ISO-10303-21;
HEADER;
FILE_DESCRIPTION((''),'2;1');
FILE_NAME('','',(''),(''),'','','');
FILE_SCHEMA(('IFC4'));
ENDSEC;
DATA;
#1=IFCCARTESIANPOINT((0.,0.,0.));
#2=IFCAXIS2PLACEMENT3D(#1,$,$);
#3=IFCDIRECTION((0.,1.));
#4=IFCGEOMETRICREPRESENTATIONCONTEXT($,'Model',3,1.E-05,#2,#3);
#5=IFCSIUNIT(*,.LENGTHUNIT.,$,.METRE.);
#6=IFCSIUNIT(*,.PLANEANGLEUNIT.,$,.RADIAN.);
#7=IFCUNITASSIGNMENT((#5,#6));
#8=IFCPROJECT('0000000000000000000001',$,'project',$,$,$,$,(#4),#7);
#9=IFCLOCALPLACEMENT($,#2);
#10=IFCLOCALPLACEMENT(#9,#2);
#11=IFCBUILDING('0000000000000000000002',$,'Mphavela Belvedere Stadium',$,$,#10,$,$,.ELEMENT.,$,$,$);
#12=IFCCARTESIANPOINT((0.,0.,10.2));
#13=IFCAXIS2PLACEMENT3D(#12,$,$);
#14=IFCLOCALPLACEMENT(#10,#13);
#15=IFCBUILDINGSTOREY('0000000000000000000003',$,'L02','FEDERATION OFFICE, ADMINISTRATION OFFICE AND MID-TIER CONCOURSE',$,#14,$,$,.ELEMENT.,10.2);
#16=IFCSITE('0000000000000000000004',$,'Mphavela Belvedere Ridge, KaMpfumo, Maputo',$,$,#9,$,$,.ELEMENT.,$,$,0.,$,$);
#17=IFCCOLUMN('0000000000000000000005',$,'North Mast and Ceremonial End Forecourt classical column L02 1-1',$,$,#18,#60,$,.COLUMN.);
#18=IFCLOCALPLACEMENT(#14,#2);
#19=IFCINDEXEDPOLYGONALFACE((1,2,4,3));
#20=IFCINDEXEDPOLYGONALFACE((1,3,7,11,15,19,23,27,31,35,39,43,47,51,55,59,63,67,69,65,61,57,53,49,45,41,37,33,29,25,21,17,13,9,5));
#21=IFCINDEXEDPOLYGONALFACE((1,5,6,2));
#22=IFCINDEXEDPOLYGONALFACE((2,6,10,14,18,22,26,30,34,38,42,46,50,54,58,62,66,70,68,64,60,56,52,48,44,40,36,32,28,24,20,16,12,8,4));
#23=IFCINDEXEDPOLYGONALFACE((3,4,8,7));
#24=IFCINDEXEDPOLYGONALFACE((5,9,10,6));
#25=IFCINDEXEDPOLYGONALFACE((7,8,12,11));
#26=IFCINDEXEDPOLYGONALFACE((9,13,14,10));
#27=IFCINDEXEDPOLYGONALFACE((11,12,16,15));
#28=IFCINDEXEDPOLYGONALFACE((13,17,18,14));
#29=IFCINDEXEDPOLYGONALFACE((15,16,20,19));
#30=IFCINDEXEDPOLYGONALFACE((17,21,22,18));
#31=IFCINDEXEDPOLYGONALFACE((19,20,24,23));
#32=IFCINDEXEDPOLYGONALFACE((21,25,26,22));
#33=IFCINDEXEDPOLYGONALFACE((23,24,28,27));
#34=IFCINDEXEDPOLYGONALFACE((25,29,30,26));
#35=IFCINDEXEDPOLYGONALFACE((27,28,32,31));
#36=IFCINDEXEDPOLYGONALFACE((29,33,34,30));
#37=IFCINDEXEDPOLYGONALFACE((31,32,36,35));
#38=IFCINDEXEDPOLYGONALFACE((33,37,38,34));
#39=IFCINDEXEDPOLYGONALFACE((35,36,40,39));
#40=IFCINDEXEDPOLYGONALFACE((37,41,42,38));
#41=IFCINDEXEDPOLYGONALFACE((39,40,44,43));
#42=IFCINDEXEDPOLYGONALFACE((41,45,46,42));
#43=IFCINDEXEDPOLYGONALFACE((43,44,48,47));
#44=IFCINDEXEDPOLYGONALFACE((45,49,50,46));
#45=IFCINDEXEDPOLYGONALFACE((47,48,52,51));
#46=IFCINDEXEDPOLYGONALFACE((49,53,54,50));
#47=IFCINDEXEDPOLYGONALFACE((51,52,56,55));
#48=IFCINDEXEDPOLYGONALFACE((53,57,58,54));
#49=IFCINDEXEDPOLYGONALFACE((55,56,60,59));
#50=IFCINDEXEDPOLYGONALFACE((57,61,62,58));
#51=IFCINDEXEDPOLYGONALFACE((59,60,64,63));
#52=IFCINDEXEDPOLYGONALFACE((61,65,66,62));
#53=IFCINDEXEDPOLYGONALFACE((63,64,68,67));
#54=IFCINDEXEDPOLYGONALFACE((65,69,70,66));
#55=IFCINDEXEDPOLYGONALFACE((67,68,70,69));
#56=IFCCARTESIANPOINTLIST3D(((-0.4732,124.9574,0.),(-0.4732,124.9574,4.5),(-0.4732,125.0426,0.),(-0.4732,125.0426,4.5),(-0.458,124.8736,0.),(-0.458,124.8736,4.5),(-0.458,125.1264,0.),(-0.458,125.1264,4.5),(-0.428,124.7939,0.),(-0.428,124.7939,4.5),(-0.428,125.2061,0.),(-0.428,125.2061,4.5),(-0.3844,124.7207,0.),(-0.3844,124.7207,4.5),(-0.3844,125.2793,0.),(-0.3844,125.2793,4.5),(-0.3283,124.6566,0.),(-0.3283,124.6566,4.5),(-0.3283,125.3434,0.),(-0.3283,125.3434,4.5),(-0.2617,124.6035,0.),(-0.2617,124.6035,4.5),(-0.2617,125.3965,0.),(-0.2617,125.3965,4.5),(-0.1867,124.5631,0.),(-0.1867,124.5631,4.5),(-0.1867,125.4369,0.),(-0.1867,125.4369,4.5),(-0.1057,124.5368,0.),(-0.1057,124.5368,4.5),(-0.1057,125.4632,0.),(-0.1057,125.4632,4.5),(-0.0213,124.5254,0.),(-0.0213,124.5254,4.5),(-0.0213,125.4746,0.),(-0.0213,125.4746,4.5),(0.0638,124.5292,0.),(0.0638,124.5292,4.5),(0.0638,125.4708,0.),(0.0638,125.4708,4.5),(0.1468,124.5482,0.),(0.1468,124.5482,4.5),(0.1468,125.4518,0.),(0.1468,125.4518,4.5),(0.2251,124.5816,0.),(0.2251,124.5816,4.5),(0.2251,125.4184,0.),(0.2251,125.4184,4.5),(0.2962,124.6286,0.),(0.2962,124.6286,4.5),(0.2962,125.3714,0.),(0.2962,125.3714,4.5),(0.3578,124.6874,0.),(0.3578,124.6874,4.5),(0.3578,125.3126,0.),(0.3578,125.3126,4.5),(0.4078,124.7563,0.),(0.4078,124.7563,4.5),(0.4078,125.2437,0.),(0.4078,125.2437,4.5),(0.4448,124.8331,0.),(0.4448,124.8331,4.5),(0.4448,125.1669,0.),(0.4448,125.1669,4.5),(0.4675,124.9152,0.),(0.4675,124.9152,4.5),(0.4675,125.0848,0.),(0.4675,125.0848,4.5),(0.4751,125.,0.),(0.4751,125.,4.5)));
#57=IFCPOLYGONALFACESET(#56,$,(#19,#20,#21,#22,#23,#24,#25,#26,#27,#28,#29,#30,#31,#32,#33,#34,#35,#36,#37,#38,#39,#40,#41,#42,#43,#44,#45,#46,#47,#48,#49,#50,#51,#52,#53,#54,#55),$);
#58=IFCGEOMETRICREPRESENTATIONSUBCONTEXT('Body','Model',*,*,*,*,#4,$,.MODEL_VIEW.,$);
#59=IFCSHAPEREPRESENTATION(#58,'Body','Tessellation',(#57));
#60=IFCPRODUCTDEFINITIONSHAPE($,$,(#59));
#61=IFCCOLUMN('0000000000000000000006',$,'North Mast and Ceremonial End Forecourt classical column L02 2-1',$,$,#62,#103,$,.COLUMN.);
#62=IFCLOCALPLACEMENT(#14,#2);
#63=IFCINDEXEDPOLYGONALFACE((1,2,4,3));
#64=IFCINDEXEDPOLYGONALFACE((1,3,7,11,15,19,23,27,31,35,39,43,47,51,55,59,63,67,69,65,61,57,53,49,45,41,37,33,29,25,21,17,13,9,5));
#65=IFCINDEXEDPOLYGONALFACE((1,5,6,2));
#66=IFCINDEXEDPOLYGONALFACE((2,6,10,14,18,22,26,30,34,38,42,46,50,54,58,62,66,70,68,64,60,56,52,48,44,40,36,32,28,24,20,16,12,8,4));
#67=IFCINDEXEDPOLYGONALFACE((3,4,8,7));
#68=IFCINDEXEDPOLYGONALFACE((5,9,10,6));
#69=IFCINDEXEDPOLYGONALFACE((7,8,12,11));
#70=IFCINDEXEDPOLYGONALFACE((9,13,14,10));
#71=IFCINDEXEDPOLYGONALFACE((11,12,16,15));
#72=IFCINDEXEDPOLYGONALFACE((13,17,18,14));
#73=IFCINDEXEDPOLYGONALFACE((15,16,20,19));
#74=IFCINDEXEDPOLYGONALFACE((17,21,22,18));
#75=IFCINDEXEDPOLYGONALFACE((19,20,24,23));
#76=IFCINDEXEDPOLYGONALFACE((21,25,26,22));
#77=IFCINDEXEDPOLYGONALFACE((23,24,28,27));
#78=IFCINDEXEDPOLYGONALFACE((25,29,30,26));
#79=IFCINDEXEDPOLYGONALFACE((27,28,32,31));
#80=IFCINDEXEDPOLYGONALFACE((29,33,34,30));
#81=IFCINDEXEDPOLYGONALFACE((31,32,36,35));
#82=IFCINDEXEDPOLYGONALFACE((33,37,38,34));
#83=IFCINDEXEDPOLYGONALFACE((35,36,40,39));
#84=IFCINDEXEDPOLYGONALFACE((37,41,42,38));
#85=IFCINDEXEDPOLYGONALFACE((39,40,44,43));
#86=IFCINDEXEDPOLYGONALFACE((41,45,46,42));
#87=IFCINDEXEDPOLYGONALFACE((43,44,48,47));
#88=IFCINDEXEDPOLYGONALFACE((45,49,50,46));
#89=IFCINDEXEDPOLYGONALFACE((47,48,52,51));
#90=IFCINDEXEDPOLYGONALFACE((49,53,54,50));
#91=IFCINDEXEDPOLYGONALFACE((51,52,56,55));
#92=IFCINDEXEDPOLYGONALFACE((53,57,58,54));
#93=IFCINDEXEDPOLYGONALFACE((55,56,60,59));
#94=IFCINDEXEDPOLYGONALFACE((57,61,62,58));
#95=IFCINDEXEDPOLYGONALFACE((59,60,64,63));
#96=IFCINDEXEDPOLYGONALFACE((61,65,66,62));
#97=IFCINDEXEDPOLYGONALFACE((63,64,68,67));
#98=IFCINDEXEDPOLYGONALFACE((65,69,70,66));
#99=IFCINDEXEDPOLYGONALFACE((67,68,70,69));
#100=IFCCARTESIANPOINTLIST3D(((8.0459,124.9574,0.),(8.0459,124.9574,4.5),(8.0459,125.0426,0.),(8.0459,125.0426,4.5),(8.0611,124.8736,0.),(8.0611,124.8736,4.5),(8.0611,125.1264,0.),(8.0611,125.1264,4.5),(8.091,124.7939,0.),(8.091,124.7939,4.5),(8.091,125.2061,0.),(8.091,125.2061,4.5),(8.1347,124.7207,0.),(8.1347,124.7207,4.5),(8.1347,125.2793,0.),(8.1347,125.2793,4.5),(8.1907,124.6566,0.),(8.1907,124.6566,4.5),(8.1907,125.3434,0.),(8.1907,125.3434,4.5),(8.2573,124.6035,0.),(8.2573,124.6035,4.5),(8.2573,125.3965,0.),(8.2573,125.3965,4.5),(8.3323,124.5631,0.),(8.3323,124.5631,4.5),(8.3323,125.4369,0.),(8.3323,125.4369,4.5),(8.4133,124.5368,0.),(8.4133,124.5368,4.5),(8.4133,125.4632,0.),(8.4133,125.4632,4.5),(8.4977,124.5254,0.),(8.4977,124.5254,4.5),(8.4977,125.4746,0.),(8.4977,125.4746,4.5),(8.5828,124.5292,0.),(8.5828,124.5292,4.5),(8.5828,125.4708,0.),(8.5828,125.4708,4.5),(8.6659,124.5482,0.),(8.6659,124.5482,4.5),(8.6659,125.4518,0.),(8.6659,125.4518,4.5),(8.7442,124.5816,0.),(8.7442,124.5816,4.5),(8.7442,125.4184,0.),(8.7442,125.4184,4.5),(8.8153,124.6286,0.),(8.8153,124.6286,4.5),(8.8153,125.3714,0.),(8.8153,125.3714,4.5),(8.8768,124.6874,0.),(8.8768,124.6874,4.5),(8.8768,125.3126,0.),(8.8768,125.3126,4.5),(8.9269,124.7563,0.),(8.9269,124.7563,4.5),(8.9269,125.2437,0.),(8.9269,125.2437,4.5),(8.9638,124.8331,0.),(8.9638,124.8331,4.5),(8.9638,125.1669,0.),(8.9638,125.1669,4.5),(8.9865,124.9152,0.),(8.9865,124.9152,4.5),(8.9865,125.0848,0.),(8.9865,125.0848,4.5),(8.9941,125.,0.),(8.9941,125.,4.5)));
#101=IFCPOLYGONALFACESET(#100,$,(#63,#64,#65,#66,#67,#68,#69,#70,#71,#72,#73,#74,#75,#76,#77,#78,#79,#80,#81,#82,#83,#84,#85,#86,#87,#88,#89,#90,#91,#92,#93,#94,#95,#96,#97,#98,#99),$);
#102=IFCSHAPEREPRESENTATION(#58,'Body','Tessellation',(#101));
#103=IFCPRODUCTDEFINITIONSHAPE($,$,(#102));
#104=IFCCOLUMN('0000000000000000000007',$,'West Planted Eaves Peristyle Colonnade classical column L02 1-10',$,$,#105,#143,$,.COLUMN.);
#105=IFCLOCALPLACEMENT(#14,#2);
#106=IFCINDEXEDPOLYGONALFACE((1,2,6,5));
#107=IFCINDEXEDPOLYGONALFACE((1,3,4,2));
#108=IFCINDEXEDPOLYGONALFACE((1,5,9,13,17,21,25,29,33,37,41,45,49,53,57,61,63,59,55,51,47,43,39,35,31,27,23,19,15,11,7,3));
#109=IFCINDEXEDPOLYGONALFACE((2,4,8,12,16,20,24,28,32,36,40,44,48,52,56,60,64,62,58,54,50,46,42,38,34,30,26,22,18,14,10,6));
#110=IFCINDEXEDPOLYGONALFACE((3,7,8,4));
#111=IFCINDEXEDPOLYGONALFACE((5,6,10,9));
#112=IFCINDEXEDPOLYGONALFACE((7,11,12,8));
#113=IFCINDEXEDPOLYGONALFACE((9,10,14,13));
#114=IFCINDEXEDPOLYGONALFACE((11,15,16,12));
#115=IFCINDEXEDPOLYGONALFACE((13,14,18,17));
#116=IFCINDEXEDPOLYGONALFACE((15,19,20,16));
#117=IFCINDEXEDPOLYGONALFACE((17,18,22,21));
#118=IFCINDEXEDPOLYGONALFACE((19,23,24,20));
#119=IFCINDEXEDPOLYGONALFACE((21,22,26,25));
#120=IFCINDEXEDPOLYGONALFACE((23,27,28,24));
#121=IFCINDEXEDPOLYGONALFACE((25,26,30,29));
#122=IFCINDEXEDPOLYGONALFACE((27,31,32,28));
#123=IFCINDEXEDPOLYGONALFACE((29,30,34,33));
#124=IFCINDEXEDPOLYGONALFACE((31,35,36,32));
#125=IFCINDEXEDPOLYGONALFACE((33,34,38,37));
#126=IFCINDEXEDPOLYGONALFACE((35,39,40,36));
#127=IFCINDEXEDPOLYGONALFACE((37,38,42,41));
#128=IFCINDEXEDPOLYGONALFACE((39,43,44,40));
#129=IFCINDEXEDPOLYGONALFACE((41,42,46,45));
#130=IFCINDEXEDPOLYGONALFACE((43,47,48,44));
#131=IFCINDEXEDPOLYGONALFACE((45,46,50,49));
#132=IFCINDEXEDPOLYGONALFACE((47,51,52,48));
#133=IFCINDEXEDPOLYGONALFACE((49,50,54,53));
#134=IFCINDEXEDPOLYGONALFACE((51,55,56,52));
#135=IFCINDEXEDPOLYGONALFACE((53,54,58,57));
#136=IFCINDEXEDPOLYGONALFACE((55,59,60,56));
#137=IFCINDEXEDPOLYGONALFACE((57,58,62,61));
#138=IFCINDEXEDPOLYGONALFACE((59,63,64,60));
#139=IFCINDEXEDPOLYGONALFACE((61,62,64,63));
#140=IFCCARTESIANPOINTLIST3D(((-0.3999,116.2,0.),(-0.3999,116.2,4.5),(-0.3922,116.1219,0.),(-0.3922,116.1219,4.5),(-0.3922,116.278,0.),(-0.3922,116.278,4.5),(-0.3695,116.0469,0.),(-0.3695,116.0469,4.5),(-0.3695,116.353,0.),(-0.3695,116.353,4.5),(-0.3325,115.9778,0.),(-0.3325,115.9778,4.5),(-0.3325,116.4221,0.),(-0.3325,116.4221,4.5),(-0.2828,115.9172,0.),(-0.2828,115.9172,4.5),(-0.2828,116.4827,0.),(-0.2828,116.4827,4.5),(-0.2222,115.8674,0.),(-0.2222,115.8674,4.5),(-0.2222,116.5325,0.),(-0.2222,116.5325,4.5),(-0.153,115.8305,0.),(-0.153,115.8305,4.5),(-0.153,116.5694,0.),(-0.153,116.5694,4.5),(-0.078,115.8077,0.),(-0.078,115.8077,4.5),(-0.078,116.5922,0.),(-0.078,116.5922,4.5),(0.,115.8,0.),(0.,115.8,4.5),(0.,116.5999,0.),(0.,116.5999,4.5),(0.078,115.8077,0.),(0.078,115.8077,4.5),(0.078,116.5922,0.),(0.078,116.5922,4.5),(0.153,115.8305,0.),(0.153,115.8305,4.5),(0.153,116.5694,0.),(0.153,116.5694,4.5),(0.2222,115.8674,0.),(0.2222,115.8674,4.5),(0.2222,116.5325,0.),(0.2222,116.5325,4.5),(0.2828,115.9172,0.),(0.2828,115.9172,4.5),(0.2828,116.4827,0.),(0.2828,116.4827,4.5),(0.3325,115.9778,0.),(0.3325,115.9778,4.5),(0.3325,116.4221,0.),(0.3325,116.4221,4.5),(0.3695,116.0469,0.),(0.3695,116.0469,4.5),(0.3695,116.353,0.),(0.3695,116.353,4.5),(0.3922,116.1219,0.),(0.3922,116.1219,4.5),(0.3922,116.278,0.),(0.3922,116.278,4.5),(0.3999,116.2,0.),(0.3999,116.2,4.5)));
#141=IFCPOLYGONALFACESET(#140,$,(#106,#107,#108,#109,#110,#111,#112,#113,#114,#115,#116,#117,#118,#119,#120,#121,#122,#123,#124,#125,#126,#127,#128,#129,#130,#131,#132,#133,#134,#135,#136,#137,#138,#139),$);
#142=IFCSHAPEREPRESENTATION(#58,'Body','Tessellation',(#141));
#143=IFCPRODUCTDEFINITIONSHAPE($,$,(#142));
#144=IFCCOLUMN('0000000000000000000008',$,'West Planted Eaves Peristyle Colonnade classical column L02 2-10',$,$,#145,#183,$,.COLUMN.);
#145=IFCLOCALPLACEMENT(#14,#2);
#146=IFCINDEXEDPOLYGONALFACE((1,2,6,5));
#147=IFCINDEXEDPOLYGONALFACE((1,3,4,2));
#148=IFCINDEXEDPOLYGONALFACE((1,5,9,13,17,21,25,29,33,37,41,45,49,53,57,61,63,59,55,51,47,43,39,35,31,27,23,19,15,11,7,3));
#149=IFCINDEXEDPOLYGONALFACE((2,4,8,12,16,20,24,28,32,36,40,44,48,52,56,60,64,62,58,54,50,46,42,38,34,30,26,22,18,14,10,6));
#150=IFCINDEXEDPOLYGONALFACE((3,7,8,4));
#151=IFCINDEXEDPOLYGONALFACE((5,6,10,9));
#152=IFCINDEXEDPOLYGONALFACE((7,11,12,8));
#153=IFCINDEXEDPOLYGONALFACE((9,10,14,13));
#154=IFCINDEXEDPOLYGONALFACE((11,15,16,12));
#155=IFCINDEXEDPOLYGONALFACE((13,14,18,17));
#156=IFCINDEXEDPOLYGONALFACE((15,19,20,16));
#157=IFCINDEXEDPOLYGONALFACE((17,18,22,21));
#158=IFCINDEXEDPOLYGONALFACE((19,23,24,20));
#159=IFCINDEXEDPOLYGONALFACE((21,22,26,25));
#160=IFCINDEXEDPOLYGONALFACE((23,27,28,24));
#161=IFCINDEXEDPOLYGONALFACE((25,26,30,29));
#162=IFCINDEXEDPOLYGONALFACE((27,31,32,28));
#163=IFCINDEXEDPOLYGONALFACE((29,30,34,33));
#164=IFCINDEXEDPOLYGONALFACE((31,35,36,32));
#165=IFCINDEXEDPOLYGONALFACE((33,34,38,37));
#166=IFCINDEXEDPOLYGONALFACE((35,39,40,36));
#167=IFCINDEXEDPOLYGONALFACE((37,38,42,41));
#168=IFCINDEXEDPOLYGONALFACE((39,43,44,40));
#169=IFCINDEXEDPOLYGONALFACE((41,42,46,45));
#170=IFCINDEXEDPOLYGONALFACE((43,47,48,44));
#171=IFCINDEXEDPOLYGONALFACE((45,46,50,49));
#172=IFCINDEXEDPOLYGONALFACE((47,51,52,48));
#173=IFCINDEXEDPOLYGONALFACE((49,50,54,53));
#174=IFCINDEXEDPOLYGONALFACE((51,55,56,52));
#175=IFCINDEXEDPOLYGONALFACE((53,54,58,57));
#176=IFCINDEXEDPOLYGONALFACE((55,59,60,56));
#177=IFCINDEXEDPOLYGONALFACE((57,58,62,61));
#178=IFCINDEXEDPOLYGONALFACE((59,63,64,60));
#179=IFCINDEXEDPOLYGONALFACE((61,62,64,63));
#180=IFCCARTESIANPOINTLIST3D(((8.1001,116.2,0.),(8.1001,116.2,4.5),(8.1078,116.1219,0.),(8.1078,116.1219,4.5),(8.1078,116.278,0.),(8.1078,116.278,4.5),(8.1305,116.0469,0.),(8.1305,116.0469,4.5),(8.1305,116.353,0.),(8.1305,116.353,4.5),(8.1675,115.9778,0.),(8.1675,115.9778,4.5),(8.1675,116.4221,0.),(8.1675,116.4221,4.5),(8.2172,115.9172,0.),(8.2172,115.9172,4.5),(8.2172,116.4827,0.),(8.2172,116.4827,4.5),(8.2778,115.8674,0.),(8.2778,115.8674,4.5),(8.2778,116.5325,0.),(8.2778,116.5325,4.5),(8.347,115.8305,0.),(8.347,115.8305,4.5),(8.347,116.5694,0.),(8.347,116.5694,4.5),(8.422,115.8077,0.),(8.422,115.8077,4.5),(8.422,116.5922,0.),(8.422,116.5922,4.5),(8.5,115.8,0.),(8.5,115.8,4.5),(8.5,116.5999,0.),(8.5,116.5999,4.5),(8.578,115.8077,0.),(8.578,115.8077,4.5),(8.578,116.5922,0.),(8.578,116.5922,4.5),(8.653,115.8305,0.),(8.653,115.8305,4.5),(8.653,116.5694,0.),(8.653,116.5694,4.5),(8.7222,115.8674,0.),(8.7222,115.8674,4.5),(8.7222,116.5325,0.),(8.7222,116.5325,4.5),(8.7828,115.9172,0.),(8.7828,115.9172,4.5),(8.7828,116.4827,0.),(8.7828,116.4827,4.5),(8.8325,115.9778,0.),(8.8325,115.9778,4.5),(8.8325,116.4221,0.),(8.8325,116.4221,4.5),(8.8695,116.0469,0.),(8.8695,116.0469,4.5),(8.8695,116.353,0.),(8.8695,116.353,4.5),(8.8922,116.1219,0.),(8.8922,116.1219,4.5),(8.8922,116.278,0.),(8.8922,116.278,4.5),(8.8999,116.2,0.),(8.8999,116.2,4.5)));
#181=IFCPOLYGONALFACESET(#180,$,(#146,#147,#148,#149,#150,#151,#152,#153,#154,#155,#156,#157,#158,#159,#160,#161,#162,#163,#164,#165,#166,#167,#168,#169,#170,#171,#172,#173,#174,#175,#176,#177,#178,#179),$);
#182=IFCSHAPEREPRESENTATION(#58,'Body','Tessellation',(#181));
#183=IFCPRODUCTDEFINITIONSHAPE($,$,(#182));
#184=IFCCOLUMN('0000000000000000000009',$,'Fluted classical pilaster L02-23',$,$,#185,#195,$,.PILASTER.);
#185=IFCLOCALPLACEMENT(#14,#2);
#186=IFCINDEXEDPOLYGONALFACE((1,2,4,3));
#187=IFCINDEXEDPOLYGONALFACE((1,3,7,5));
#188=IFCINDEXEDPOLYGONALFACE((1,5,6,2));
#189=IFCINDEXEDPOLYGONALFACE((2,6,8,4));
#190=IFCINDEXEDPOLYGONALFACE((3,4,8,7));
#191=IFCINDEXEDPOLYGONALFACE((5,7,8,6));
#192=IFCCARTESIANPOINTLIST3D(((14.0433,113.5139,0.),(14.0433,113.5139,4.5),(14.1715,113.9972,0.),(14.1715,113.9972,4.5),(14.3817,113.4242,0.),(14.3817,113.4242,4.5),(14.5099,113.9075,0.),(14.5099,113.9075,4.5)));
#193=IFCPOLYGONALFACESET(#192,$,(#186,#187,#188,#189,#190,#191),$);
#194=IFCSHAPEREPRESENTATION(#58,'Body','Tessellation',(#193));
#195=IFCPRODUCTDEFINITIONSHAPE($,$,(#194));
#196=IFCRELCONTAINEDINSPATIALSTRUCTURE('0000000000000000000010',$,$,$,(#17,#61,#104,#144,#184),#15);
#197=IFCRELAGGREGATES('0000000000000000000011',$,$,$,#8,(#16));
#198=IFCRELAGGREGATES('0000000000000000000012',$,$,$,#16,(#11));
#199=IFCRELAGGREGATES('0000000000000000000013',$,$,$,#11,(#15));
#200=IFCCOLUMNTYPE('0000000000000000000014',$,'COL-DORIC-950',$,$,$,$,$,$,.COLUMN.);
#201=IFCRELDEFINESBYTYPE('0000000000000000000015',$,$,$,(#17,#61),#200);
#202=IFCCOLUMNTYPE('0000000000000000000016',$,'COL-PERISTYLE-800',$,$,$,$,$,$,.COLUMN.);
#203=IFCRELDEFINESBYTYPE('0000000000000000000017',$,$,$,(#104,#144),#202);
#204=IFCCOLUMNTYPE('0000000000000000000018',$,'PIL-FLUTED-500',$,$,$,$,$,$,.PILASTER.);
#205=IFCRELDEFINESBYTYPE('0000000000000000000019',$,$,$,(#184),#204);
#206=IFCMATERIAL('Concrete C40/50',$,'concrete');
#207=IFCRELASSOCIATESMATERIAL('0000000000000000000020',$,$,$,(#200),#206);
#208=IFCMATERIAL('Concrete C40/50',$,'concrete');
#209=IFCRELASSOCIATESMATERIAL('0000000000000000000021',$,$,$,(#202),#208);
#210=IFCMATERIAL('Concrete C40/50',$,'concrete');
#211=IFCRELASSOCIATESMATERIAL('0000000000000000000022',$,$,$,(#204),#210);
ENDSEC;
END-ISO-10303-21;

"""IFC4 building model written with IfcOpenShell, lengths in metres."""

from ifc_helpers import new_model, si_unit, direction, frame, origin, origin_2d, place, context, subcontext, project, spatial, rectangle, circle, extrude, material, material_profile, profile_set, type_object, element, save


model = new_model("IFC4")

# Units and contexts
model_context = context("Model", 3, precision=1e-05, world=origin(), true_north=direction((0.0, 1.0)))
body_context = subcontext(model_context, "Body", "Model", "MODEL_VIEW")
ifc_project = project(units=[si_unit("LENGTHUNIT", "METRE"), si_unit("PLANEANGLEUNIT", "RADIAN")], contexts=[model_context])

# Site, building, storey
site_placement = place(None, origin())
site = spatial("IfcSite", under=ifc_project, at=site_placement, Name="Mphavela Belvedere Ridge, KaMpfumo, Maputo", CompositionType="ELEMENT", RefElevation=0.0)
building_placement = place(site_placement, origin())
building = spatial("IfcBuilding", under=site, at=building_placement, Name="Mphavela Belvedere Stadium", CompositionType="ELEMENT")
storey_placement = place(building_placement, frame((0.0, 0.0, 10.2)))
storey = spatial("IfcBuildingStorey", under=building, at=storey_placement, Name="L02", Description="FEDERATION OFFICE, ADMINISTRATION OFFICE AND MID-TIER CONCOURSE", CompositionType="ELEMENT", Elevation=10.2)

# Columns
ifc_material_1 = material(Name="Concrete C40/50", Category="concrete")
ifc_material_profile_1 = material_profile(ifc_material_1, circle(Radius=0.4751, at=origin_2d()), Name="COL D950")
ifc_profile_set_1 = profile_set([ifc_material_profile_1], Name="Concrete C40/50")
column_type_1 = type_object("IfcColumnType", Name="COL-DORIC-950", PredefinedType="COLUMN", material=ifc_profile_set_1)
for number, where, z_axis, x_axis, name in (
    (1, (0.0, 125.0, 0.0), (0.0, 0.0, 1.0), (1.0, 0.0, 0.0), "North Mast and Ceremonial End Forecourt classical column L02 1-1"),
    (2, (8.519, 125.0, 0.0), (0.0, 0.0, 1.0), (1.0, 0.0, 0.0), "North Mast and Ceremonial End Forecourt classical column L02 2-1"),
):
    element("IfcColumn", number, at=place(storey_placement, frame(where, z_axis=z_axis, x_axis=x_axis)), inside=storey, type_object=column_type_1, Name=name, PredefinedType="COLUMN", context=body_context, shape_type="SweptSolid", body=[
        extrude(circle(Radius=0.4751, at=origin_2d()), origin(), (0.0, 0.0, 1.0), 4.5),
    ])
ifc_material_2 = material(Name="Concrete C40/50", Category="concrete")
ifc_material_profile_2 = material_profile(ifc_material_2, circle(Radius=0.3999, at=origin_2d()), Name="COL D800")
ifc_profile_set_2 = profile_set([ifc_material_profile_2], Name="Concrete C40/50")
column_type_2 = type_object("IfcColumnType", Name="COL-PERISTYLE-800", PredefinedType="COLUMN", material=ifc_profile_set_2)
for number, where, z_axis, x_axis, name in (
    (3, (0.0, 116.2, 0.0), (0.0, 0.0, 1.0), (1.0, 0.0, 0.0), "West Planted Eaves Peristyle Colonnade classical column L02 1-10"),
    (4, (8.5, 116.2, 0.0), (0.0, 0.0, 1.0), (1.0, 0.0, 0.0), "West Planted Eaves Peristyle Colonnade classical column L02 2-10"),
):
    element("IfcColumn", number, at=place(storey_placement, frame(where, z_axis=z_axis, x_axis=x_axis)), inside=storey, type_object=column_type_2, Name=name, PredefinedType="COLUMN", context=body_context, shape_type="SweptSolid", body=[
        extrude(circle(Radius=0.3999, at=origin_2d()), origin(), (0.0, 0.0, 1.0), 4.5),
    ])
ifc_material_3 = material(Name="Concrete C40/50", Category="concrete")
ifc_material_profile_3 = material_profile(ifc_material_3, rectangle(XDim=0.5, YDim=0.3501, at=origin_2d()), Name="PIL 500x350")
ifc_profile_set_3 = profile_set([ifc_material_profile_3], Name="Concrete C40/50")
column_type_3 = type_object("IfcColumnType", Name="PIL-FLUTED-500", PredefinedType="PILASTER", material=ifc_profile_set_3)
column_placement = place(storey_placement, frame((14.2766, 113.7107, 0.0), z_axis=(0.0, 0.0, 1.0), x_axis=(-0.256289, -0.9666, 0.0)))
element("IfcColumn", 5, at=column_placement, inside=storey, type_object=column_type_3, Name="Fluted classical pilaster L02-23", PredefinedType="PILASTER", context=body_context, shape_type="SweptSolid", body=[
    extrude(rectangle(XDim=0.5, YDim=0.3501, at=origin_2d()), origin(), (0.0, 0.0, 1.0), 4.5),
])

save(model, "model.ifc")
